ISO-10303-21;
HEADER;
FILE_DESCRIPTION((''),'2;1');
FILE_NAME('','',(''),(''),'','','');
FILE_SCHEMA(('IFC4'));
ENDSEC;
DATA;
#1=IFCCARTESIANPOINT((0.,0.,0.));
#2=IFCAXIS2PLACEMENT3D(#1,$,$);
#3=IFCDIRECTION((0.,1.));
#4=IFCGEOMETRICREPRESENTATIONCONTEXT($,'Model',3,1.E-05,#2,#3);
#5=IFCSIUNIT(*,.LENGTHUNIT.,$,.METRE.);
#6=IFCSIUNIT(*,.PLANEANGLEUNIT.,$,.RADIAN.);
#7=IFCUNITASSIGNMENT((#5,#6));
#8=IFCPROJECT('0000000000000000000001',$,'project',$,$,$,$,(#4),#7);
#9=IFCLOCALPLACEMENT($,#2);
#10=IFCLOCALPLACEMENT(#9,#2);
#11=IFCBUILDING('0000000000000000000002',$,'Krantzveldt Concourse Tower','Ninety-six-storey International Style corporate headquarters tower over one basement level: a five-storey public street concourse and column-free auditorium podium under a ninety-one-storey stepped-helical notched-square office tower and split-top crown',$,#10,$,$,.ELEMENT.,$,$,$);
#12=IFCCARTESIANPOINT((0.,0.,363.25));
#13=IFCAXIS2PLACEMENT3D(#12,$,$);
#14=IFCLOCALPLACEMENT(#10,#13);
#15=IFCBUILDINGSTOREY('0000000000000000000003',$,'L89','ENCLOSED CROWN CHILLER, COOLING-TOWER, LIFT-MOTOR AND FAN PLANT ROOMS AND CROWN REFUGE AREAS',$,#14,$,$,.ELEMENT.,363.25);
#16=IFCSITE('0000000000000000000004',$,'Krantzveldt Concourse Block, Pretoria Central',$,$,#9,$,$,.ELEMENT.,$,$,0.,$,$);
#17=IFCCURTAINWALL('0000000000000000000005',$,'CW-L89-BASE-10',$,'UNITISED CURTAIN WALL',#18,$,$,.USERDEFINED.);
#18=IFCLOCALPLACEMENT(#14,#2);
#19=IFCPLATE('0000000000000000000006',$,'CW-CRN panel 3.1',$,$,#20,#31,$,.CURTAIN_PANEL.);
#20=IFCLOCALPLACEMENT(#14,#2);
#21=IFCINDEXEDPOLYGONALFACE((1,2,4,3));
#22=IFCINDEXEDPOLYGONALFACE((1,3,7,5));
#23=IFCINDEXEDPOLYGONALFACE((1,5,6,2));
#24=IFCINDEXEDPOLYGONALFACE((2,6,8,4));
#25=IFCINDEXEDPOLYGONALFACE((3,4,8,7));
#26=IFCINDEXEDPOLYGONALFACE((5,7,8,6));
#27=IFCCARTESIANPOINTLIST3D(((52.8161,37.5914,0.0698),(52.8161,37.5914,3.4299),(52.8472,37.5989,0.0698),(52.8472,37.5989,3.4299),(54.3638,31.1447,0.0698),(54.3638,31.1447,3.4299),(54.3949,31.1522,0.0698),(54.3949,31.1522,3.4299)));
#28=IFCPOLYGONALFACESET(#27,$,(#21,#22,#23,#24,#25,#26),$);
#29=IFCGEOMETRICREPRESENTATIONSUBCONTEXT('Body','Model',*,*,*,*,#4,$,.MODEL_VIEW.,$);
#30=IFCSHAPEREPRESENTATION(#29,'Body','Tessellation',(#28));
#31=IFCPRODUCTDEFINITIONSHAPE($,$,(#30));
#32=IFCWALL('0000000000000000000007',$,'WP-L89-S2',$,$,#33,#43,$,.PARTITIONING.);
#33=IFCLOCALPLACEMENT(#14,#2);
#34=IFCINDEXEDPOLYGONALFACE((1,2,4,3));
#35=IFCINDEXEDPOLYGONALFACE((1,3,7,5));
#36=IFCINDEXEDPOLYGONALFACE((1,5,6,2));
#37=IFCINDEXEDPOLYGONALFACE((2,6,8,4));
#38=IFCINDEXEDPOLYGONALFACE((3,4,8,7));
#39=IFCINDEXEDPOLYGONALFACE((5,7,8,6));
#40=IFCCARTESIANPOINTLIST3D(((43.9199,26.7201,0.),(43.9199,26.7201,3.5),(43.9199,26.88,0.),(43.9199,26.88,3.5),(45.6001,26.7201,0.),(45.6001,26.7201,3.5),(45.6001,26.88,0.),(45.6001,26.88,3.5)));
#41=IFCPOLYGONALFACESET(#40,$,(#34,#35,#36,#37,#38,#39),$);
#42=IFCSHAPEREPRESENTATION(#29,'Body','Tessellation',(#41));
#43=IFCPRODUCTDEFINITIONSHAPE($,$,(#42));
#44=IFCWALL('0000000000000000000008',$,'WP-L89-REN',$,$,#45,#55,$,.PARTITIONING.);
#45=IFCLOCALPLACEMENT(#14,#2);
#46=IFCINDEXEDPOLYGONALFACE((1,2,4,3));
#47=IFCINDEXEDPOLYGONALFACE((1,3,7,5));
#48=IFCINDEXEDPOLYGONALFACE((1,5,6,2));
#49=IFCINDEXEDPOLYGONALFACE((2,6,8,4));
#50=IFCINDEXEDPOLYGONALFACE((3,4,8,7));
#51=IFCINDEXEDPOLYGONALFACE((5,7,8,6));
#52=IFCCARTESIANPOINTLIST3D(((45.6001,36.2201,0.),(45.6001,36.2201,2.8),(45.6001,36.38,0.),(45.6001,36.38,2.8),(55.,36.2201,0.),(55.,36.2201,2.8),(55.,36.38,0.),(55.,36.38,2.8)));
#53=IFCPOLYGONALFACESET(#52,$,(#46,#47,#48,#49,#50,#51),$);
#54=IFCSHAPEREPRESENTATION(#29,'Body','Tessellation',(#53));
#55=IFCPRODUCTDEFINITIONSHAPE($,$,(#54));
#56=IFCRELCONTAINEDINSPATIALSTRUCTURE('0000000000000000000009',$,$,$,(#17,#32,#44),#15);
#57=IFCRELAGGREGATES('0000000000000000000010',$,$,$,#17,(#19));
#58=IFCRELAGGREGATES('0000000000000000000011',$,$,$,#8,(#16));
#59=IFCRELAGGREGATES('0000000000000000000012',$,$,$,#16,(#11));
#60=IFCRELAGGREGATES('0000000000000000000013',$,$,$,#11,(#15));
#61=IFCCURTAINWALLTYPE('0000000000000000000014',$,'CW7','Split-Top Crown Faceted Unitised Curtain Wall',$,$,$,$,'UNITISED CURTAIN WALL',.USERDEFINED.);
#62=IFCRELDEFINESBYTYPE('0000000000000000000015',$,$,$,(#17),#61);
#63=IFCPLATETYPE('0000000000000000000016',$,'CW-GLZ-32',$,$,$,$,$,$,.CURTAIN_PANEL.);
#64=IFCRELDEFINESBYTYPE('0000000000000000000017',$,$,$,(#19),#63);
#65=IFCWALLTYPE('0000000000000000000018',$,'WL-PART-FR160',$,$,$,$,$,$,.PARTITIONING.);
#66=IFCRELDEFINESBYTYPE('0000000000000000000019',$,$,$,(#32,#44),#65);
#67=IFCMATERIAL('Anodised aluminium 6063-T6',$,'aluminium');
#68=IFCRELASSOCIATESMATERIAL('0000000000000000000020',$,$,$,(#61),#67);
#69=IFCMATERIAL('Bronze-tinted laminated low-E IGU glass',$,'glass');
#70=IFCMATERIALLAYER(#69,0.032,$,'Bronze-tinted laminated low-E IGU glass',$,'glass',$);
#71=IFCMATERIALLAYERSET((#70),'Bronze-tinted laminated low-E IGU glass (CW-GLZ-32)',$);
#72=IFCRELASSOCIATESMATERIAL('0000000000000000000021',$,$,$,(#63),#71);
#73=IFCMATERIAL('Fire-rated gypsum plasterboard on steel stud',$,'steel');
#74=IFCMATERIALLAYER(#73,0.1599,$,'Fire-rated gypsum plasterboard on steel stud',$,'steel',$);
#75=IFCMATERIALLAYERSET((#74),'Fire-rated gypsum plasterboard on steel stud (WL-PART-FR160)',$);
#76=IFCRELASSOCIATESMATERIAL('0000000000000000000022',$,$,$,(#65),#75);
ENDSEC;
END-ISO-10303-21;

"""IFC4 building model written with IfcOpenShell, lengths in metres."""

from ifc_helpers import new_model, si_unit, direction, frame, frame_2d, origin, origin_2d, place, context, subcontext, project, spatial, rectangle, extrude, source, transform, mapped, material, layer, layer_set, type_object, element, aggregate, save


model = new_model("IFC4")

# Units and contexts
model_context = context("Model", 3, precision=1e-05, world=origin(), true_north=direction((0.0, 1.0)))
body_context = subcontext(model_context, "Body", "Model", "MODEL_VIEW")
ifc_project = project(units=[si_unit("LENGTHUNIT", "METRE"), si_unit("PLANEANGLEUNIT", "RADIAN")], contexts=[model_context])

# Site, building, storey
site_placement = place(None, origin())
site = spatial("IfcSite", under=ifc_project, at=site_placement, Name="Krantzveldt Concourse Block, Pretoria Central", CompositionType="ELEMENT", RefElevation=0.0)
building_placement = place(site_placement, origin())
building = spatial("IfcBuilding", under=site, at=building_placement, Name="Krantzveldt Concourse Tower", Description="Ninety-six-storey International Style corporate headquarters tower over one basement level: a five-storey public street concourse and column-free auditorium podium under a ninety-one-storey stepped-helical notched-square office tower and split-top crown", CompositionType="ELEMENT")
storey_placement = place(building_placement, frame((0.0, 0.0, 363.25)))
storey = spatial("IfcBuildingStorey", under=building, at=storey_placement, Name="L89", Description="ENCLOSED CROWN CHILLER, COOLING-TOWER, LIFT-MOTOR AND FAN PLANT ROOMS AND CROWN REFUGE AREAS", CompositionType="ELEMENT", Elevation=363.25)

# Curtain wall, plate
ifc_material_1 = material(Name="Anodised aluminium 6063-T6", Category="aluminium")
curtain_wall_type = type_object("IfcCurtainWallType", Name="CW7", Description="Split-Top Crown Faceted Unitised Curtain Wall", ElementType="UNITISED CURTAIN WALL", PredefinedType="USERDEFINED", material=ifc_material_1)
curtain_wall_placement = place(storey_placement, origin())
curtain_wall = element("IfcCurtainWall", 1, at=curtain_wall_placement, inside=storey, type_object=curtain_wall_type, Name="CW-L89-BASE-10", ObjectType="UNITISED CURTAIN WALL", PredefinedType="USERDEFINED")
ifc_material_2 = material(Name="Bronze-tinted laminated low-E IGU glass", Category="glass")
ifc_layer_1 = layer(ifc_material_2, 0.032, Name="Bronze-tinted laminated low-E IGU glass", Category="glass")
ifc_layer_set_1 = layer_set([ifc_layer_1], Name="Bronze-tinted laminated low-E IGU glass (CW-GLZ-32)")
plate_type = type_object("IfcPlateType", Name="CW-GLZ-32", PredefinedType="CURTAIN_PANEL", material=ifc_layer_set_1)
shared_shape_1 = source(origin(), body_context, "Body", "SweptSolid", [
    extrude(rectangle(XDim=6.6299, YDim=0.032, at=origin_2d()), origin(), (0.0, 0.0, 1.0), 3.3601),
])
plate_1_placement = place(storey_placement, frame((53.6055, 34.3718, 0.0698), z_axis=(0.0, 0.0, 1.0), x_axis=(-0.233445, 0.97237, 0.0)))
plate_1 = element("IfcPlate", 2, at=plate_1_placement, type_object=plate_type, Name="CW-CRN panel 3.1", PredefinedType="CURTAIN_PANEL", context=body_context, shape_type="MappedRepresentation", body=[
    mapped(shared_shape_1, transform((0.0, 0.0, 0.0), x_axis=(1.0, 0.0, 0.0), y_axis=(0.0, 1.0, 0.0), z_axis=(0.0, 0.0, 1.0), scale=1.0)),
])
aggregate(curtain_wall, [plate_1])

# Walls
ifc_material_3 = material(Name="Fire-rated gypsum plasterboard on steel stud", Category="steel")
ifc_layer_2 = layer(ifc_material_3, 0.1599, Name="Fire-rated gypsum plasterboard on steel stud", Category="steel")
ifc_layer_set_2 = layer_set([ifc_layer_2], Name="Fire-rated gypsum plasterboard on steel stud (WL-PART-FR160)")
wall_type = type_object("IfcWallType", Name="WL-PART-FR160", PredefinedType="PARTITIONING", material=ifc_layer_set_2)
wall_1_placement = place(storey_placement, frame((43.9199, 26.8, 0.0), z_axis=(0.0, 0.0, 1.0), x_axis=(1.0, 0.0, 0.0)))
element("IfcWall", 3, at=wall_1_placement, inside=storey, type_object=wall_type, Name="WP-L89-S2", PredefinedType="PARTITIONING", context=body_context, shape_type="SweptSolid", body=[
    extrude(rectangle(XDim=1.6802, YDim=0.1599, at=frame_2d((0.8401, 0.0))), origin(), (0.0, 0.0, 1.0), 3.5),
])
wall_2_placement = place(storey_placement, frame((45.6001, 36.3, 0.0), z_axis=(0.0, 0.0, 1.0), x_axis=(1.0, 0.0, 0.0)))
element("IfcWall", 4, at=wall_2_placement, inside=storey, type_object=wall_type, Name="WP-L89-REN", PredefinedType="PARTITIONING", context=body_context, shape_type="SweptSolid", body=[
    extrude(rectangle(XDim=9.3999, YDim=0.1599, at=frame_2d((4.7, 0.0))), origin(), (0.0, 0.0, 1.0), 2.8),
])

save(model, "model.ifc")
